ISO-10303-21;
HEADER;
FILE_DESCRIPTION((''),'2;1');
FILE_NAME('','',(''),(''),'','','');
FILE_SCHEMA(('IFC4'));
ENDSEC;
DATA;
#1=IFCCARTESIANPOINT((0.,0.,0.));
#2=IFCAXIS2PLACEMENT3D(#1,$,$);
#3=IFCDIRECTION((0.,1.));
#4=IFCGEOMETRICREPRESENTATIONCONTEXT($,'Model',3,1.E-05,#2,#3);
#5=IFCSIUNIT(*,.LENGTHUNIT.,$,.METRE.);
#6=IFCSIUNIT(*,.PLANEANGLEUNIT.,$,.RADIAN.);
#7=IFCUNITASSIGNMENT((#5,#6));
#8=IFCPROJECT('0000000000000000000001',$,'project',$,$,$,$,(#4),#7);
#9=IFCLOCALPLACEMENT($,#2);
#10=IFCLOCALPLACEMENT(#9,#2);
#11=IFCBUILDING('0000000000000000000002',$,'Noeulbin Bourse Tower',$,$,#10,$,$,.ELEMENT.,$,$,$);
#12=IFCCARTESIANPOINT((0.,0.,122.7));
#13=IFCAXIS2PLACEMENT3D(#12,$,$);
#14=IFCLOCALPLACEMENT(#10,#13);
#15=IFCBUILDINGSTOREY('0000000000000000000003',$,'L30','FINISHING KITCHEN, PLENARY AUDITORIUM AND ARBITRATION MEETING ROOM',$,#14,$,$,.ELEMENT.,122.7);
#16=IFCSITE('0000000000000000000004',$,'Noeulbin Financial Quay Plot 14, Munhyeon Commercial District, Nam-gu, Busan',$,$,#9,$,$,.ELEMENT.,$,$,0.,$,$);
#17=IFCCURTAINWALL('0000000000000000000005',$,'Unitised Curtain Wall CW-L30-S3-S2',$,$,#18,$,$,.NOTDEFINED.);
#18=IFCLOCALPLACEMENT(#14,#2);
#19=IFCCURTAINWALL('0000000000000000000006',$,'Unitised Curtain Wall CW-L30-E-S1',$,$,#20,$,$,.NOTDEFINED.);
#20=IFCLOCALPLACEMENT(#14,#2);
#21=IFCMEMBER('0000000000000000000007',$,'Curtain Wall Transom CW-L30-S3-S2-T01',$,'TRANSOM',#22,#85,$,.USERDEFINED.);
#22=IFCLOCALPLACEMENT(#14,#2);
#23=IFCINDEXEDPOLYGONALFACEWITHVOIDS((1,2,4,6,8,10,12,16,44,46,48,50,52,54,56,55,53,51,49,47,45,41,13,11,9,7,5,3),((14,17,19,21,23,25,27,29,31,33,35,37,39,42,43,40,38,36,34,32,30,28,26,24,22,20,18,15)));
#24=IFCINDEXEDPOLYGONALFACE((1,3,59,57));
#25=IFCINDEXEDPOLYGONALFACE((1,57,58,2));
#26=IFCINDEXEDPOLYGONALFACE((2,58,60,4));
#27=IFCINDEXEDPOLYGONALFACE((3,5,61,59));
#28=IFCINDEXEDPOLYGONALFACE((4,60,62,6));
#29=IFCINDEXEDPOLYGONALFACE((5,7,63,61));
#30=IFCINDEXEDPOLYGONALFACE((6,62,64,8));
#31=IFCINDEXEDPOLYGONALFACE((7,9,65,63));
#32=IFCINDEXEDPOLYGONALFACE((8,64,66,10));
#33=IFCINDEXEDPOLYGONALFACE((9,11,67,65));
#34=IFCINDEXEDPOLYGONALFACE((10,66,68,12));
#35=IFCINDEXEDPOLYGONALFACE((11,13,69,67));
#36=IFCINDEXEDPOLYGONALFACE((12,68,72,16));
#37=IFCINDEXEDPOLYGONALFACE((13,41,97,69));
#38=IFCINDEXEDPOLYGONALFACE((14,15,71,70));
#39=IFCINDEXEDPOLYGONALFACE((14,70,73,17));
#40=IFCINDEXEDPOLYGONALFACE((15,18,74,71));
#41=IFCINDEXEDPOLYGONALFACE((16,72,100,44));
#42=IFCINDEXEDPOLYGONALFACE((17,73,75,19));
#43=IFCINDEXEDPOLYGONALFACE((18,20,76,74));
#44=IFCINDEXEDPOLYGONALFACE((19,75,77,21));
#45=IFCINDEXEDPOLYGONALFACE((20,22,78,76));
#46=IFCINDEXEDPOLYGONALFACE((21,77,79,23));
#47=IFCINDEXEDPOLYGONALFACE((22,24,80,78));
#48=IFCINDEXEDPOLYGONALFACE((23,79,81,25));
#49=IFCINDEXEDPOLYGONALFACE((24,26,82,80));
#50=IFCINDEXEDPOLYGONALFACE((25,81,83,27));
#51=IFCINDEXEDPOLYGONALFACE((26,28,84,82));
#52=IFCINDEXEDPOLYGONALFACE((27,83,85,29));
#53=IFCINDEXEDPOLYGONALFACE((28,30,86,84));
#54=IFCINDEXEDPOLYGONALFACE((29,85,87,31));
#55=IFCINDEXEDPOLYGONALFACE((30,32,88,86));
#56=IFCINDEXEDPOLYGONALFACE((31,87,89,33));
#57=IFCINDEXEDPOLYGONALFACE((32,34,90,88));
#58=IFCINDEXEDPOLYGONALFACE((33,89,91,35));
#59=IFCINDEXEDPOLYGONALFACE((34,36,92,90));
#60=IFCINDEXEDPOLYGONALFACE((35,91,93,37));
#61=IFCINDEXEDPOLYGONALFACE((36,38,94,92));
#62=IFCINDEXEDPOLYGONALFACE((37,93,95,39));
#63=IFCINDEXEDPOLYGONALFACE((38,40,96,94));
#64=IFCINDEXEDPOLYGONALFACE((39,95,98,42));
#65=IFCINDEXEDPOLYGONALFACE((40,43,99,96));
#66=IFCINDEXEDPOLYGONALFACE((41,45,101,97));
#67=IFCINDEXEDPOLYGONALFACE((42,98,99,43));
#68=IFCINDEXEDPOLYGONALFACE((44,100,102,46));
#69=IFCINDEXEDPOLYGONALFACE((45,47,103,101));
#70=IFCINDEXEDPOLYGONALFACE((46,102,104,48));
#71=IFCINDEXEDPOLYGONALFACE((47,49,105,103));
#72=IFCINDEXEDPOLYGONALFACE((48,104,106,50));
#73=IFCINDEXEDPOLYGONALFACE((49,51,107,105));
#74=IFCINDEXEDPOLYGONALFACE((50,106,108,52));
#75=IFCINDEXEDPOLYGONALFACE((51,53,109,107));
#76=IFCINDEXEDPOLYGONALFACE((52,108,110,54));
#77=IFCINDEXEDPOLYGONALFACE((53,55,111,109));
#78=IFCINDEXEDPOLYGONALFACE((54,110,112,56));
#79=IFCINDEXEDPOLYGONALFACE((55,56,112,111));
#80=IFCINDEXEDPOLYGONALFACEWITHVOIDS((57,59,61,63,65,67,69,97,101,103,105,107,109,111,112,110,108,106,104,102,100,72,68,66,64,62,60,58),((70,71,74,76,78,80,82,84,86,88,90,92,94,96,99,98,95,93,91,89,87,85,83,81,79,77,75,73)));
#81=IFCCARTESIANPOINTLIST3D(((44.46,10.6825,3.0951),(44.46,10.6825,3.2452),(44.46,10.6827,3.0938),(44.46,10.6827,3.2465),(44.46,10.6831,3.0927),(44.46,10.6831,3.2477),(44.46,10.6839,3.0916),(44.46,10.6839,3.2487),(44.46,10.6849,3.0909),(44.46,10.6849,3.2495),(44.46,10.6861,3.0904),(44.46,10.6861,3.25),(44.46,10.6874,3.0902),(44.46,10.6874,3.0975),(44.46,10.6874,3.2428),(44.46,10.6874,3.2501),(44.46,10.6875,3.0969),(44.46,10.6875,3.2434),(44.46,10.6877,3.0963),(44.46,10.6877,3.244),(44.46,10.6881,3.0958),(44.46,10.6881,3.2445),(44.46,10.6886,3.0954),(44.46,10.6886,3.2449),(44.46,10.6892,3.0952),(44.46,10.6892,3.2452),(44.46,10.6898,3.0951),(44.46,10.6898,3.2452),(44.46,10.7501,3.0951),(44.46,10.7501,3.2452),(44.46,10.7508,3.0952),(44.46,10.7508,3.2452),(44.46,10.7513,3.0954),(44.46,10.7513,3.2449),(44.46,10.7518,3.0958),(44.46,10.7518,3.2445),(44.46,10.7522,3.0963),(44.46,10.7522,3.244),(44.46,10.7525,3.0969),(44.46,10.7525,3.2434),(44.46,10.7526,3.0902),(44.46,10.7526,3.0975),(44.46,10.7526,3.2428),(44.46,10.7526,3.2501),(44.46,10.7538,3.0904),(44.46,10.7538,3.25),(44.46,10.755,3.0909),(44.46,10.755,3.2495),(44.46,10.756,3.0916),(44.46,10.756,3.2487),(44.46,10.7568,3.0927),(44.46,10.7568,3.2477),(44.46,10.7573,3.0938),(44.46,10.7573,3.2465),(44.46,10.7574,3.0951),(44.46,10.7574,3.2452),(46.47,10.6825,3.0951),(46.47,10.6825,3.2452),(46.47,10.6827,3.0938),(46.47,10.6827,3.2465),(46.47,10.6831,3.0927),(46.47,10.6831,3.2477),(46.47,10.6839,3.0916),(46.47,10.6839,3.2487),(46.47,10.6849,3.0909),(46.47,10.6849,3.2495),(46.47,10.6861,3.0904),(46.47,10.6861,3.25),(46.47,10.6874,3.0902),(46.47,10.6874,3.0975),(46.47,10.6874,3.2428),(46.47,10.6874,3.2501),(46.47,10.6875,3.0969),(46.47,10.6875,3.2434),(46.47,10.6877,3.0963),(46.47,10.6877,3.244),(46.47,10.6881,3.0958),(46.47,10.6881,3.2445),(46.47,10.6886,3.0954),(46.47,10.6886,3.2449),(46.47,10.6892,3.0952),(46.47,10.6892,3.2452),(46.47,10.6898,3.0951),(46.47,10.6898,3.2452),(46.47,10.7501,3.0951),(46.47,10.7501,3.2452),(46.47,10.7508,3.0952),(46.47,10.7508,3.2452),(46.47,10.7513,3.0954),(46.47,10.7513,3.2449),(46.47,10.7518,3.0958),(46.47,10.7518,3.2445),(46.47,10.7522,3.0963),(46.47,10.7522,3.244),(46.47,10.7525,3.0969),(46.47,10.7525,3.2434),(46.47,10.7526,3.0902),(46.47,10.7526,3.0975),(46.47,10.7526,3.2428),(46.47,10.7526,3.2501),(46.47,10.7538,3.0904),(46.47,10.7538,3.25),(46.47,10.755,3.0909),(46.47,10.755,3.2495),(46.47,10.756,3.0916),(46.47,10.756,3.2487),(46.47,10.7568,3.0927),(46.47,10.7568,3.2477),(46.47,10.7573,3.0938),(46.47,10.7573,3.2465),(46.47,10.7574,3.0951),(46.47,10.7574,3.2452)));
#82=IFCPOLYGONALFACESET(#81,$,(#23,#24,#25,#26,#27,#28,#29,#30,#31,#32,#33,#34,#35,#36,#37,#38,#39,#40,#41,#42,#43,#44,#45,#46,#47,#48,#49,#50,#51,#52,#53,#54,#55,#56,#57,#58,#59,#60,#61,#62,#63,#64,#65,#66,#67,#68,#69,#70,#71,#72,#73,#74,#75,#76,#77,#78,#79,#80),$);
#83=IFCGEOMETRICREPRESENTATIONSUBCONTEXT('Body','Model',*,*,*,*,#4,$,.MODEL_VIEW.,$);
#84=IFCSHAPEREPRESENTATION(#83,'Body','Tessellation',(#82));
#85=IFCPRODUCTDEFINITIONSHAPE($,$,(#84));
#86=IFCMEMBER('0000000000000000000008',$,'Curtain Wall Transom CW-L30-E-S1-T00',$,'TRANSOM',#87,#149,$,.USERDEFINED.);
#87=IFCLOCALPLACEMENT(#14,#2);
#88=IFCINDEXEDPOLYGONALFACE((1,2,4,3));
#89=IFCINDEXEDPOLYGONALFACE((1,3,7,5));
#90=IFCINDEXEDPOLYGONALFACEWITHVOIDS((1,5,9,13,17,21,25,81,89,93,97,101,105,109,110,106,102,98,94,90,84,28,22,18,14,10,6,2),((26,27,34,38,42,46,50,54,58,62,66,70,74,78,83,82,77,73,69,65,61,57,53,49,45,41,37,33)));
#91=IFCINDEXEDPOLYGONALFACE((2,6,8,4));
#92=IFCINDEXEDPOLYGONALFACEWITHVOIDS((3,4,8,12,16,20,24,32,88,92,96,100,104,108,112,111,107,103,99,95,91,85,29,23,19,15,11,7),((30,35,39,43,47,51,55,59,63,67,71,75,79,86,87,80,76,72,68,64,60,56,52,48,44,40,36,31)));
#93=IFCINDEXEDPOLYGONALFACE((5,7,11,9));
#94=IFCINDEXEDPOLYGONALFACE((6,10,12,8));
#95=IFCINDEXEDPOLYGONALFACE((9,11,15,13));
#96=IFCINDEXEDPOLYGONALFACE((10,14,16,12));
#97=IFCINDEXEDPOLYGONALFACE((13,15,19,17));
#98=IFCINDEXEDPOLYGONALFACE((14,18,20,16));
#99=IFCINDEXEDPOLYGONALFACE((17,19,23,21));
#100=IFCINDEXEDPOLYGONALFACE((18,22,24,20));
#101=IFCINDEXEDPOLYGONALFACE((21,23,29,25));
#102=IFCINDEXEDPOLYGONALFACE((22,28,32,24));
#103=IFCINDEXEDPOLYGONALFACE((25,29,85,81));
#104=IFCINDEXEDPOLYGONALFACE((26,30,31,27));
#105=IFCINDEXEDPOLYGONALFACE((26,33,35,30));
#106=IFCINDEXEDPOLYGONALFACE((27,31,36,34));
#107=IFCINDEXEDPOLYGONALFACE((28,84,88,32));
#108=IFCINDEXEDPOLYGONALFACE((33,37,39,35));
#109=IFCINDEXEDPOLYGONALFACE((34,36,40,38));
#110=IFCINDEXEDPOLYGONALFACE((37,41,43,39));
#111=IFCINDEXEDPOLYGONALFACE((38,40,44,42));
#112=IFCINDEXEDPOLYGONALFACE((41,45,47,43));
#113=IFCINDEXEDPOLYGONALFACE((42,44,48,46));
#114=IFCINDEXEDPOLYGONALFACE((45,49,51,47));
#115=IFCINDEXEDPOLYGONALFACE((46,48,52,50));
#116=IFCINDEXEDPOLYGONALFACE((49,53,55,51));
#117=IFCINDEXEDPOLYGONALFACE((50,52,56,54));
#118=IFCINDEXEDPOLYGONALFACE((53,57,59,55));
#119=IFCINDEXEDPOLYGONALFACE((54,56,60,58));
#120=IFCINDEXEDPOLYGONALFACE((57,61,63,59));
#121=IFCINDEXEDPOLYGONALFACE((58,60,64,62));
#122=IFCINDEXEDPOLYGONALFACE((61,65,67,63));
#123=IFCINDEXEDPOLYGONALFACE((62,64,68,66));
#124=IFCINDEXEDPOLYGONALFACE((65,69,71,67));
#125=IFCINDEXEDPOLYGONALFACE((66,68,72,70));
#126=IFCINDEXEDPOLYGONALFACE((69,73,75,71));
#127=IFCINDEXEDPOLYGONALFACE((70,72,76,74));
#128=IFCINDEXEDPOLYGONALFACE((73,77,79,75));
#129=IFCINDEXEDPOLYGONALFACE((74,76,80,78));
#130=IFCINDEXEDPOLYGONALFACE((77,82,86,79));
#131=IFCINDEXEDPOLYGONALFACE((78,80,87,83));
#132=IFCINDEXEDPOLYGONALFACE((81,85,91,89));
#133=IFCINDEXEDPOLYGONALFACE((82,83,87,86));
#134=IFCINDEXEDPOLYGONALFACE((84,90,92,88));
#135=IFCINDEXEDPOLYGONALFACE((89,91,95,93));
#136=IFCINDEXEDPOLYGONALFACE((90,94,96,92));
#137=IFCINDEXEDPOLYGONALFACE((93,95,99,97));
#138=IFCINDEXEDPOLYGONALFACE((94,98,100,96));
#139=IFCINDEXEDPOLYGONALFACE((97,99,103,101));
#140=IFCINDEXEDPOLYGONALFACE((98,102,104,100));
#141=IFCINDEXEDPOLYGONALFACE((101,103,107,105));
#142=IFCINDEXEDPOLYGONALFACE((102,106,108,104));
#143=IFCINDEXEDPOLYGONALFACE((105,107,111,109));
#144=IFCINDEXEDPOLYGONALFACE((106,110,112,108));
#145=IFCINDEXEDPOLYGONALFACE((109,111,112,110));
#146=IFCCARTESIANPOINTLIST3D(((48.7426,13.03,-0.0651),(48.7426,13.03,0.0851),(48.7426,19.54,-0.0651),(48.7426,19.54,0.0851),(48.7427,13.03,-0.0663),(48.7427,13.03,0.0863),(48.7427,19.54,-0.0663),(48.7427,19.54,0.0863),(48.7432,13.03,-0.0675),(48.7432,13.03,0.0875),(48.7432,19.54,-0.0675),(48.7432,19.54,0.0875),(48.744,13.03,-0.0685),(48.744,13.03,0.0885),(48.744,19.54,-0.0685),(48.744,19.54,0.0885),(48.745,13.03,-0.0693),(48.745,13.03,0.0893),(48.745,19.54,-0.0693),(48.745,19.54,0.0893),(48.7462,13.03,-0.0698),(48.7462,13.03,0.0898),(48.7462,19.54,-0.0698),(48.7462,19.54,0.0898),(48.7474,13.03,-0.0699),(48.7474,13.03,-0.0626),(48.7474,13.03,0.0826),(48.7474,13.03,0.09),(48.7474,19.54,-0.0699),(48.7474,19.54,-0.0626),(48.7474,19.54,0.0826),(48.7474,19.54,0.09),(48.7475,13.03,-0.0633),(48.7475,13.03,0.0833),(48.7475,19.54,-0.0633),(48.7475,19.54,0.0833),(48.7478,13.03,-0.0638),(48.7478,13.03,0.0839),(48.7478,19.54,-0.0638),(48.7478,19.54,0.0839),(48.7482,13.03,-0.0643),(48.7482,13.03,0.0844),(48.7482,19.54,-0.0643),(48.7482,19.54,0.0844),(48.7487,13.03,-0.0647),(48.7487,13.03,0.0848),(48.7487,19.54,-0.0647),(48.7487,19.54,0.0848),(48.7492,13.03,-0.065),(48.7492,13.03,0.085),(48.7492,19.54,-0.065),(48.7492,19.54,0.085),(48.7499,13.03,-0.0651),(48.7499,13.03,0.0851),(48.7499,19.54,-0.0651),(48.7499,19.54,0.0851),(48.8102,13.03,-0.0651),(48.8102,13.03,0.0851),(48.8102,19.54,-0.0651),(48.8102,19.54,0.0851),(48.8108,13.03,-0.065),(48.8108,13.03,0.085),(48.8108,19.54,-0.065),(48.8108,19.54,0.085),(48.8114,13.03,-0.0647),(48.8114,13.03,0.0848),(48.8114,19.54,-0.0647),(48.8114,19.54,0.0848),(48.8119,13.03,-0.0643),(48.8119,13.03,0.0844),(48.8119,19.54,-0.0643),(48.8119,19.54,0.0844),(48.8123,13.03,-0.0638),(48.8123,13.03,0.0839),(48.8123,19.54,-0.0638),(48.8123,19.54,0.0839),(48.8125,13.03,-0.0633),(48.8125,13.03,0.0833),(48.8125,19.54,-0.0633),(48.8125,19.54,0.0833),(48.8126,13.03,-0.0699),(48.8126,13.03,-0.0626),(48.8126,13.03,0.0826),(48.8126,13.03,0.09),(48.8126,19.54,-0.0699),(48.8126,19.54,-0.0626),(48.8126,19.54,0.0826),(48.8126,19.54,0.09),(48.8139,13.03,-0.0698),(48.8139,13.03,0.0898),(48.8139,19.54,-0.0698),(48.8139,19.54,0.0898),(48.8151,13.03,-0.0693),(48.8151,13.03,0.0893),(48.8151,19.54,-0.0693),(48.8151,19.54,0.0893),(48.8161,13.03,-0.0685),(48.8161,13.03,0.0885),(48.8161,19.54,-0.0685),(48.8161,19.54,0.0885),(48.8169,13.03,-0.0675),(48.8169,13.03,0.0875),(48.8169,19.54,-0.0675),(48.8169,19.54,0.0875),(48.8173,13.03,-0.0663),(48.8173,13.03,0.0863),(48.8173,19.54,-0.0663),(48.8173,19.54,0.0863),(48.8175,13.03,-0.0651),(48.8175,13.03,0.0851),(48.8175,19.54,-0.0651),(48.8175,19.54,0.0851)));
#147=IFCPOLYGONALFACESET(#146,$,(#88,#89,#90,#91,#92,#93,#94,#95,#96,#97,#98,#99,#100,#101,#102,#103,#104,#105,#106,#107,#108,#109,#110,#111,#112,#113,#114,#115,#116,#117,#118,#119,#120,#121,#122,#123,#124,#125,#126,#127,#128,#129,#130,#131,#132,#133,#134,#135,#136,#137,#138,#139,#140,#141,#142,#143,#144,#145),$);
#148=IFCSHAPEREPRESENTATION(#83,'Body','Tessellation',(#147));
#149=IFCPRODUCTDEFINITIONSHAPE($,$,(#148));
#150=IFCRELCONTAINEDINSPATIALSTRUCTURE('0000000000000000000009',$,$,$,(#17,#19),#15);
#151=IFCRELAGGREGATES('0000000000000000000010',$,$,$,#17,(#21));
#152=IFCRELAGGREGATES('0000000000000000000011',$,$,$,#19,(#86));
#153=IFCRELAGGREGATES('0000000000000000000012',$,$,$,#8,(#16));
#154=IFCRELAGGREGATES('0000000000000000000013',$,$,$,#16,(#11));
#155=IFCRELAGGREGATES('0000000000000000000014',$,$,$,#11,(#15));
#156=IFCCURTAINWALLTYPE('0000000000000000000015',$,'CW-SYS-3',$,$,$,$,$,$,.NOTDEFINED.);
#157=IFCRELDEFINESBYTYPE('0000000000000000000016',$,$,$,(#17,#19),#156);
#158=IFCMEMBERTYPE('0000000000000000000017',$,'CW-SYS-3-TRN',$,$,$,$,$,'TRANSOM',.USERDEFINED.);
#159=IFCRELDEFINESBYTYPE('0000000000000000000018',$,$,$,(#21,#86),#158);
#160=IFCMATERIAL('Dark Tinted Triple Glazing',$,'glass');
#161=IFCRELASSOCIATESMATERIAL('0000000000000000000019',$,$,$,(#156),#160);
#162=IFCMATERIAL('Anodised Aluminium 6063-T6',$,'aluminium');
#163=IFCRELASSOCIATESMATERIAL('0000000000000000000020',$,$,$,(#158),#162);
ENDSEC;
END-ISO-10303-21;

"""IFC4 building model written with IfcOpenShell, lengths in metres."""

from ifc_helpers import new_model, si_unit, direction, frame, origin, origin_2d, place, context, subcontext, project, spatial, hollow_rectangle, extrude, material, material_profile, profile_set, type_object, element, aggregate, save


model = new_model("IFC4")

# Units and contexts
model_context = context("Model", 3, precision=1e-05, world=origin(), true_north=direction((0.0, 1.0)))
body_context = subcontext(model_context, "Body", "Model", "MODEL_VIEW")
ifc_project = project(units=[si_unit("LENGTHUNIT", "METRE"), si_unit("PLANEANGLEUNIT", "RADIAN")], contexts=[model_context])

# Site, building, storey
site_placement = place(None, origin())
site = spatial("IfcSite", under=ifc_project, at=site_placement, Name="Noeulbin Financial Quay Plot 14, Munhyeon Commercial District, Nam-gu, Busan", CompositionType="ELEMENT", RefElevation=0.0)
building_placement = place(site_placement, origin())
building = spatial("IfcBuilding", under=site, at=building_placement, Name="Noeulbin Bourse Tower", CompositionType="ELEMENT")
storey_placement = place(building_placement, frame((0.0, 0.0, 122.7)))
storey = spatial("IfcBuildingStorey", under=building, at=storey_placement, Name="L30", Description="FINISHING KITCHEN, PLENARY AUDITORIUM AND ARBITRATION MEETING ROOM", CompositionType="ELEMENT", Elevation=122.7)

# Curtain walls
ifc_material_1 = material(Name="Dark Tinted Triple Glazing", Category="glass")
curtain_wall_type = type_object("IfcCurtainWallType", Name="CW-SYS-3", PredefinedType="NOTDEFINED", material=ifc_material_1)
ifc_material_2 = material(Name="Anodised Aluminium 6063-T6", Category="aluminium")
curtain_wall_1_placement = place(storey_placement, origin())
curtain_wall_1 = element("IfcCurtainWall", 1, at=curtain_wall_1_placement, inside=storey, type_object=curtain_wall_type, Name="Unitised Curtain Wall CW-L30-S3-S2", PredefinedType="NOTDEFINED")
curtain_wall_2_placement = place(storey_placement, origin())
curtain_wall_2 = element("IfcCurtainWall", 2, at=curtain_wall_2_placement, inside=storey, type_object=curtain_wall_type, Name="Unitised Curtain Wall CW-L30-E-S1", PredefinedType="NOTDEFINED")

# Members
ifc_material_profile_1 = material_profile(ifc_material_2, hollow_rectangle(XDim=0.075, YDim=0.1599, WallThickness=0.0049, InnerFilletRadius=0.0024, OuterFilletRadius=0.0049, at=origin_2d()), Name="ALU-TRAN-75x160x5", Category="LoadBearing")
ifc_profile_set_1 = profile_set([ifc_material_profile_1], Name="Anodised Aluminium 6063-T6")
member_type_1 = type_object("IfcMemberType", Name="CW-SYS-3-TRN", ElementType="TRANSOM", PredefinedType="USERDEFINED", material=ifc_profile_set_1)
member_1_placement = place(storey_placement, frame((44.46, 10.72, 3.1702), z_axis=(1.0, 0.0, 0.0), x_axis=(0.0, 1.0, 0.0)))
member_1 = element("IfcMember", 3, at=member_1_placement, type_object=member_type_1, Name="Curtain Wall Transom CW-L30-S3-S2-T01", ObjectType="TRANSOM", PredefinedType="USERDEFINED", context=body_context, shape_type="SweptSolid", body=[
    extrude(hollow_rectangle(XDim=0.075, YDim=0.1599, WallThickness=0.0049, InnerFilletRadius=0.0024, OuterFilletRadius=0.0049, at=origin_2d()), origin(), (0.0, 0.0, 1.0), 2.01),
])
member_2_placement = place(storey_placement, frame((48.78, 13.03, 0.01), z_axis=(0.0, 1.0, 0.0), x_axis=(-1.0, 0.0, 0.0)))
member_2 = element("IfcMember", 4, at=member_2_placement, type_object=member_type_1, Name="Curtain Wall Transom CW-L30-E-S1-T00", ObjectType="TRANSOM", PredefinedType="USERDEFINED", context=body_context, shape_type="SweptSolid", body=[
    extrude(hollow_rectangle(XDim=0.075, YDim=0.1599, WallThickness=0.0049, InnerFilletRadius=0.0024, OuterFilletRadius=0.0049, at=origin_2d()), origin(), (0.0, 0.0, 1.0), 6.51),
])

aggregate(curtain_wall_1, [member_1])
aggregate(curtain_wall_2, [member_2])

save(model, "model.ifc")
